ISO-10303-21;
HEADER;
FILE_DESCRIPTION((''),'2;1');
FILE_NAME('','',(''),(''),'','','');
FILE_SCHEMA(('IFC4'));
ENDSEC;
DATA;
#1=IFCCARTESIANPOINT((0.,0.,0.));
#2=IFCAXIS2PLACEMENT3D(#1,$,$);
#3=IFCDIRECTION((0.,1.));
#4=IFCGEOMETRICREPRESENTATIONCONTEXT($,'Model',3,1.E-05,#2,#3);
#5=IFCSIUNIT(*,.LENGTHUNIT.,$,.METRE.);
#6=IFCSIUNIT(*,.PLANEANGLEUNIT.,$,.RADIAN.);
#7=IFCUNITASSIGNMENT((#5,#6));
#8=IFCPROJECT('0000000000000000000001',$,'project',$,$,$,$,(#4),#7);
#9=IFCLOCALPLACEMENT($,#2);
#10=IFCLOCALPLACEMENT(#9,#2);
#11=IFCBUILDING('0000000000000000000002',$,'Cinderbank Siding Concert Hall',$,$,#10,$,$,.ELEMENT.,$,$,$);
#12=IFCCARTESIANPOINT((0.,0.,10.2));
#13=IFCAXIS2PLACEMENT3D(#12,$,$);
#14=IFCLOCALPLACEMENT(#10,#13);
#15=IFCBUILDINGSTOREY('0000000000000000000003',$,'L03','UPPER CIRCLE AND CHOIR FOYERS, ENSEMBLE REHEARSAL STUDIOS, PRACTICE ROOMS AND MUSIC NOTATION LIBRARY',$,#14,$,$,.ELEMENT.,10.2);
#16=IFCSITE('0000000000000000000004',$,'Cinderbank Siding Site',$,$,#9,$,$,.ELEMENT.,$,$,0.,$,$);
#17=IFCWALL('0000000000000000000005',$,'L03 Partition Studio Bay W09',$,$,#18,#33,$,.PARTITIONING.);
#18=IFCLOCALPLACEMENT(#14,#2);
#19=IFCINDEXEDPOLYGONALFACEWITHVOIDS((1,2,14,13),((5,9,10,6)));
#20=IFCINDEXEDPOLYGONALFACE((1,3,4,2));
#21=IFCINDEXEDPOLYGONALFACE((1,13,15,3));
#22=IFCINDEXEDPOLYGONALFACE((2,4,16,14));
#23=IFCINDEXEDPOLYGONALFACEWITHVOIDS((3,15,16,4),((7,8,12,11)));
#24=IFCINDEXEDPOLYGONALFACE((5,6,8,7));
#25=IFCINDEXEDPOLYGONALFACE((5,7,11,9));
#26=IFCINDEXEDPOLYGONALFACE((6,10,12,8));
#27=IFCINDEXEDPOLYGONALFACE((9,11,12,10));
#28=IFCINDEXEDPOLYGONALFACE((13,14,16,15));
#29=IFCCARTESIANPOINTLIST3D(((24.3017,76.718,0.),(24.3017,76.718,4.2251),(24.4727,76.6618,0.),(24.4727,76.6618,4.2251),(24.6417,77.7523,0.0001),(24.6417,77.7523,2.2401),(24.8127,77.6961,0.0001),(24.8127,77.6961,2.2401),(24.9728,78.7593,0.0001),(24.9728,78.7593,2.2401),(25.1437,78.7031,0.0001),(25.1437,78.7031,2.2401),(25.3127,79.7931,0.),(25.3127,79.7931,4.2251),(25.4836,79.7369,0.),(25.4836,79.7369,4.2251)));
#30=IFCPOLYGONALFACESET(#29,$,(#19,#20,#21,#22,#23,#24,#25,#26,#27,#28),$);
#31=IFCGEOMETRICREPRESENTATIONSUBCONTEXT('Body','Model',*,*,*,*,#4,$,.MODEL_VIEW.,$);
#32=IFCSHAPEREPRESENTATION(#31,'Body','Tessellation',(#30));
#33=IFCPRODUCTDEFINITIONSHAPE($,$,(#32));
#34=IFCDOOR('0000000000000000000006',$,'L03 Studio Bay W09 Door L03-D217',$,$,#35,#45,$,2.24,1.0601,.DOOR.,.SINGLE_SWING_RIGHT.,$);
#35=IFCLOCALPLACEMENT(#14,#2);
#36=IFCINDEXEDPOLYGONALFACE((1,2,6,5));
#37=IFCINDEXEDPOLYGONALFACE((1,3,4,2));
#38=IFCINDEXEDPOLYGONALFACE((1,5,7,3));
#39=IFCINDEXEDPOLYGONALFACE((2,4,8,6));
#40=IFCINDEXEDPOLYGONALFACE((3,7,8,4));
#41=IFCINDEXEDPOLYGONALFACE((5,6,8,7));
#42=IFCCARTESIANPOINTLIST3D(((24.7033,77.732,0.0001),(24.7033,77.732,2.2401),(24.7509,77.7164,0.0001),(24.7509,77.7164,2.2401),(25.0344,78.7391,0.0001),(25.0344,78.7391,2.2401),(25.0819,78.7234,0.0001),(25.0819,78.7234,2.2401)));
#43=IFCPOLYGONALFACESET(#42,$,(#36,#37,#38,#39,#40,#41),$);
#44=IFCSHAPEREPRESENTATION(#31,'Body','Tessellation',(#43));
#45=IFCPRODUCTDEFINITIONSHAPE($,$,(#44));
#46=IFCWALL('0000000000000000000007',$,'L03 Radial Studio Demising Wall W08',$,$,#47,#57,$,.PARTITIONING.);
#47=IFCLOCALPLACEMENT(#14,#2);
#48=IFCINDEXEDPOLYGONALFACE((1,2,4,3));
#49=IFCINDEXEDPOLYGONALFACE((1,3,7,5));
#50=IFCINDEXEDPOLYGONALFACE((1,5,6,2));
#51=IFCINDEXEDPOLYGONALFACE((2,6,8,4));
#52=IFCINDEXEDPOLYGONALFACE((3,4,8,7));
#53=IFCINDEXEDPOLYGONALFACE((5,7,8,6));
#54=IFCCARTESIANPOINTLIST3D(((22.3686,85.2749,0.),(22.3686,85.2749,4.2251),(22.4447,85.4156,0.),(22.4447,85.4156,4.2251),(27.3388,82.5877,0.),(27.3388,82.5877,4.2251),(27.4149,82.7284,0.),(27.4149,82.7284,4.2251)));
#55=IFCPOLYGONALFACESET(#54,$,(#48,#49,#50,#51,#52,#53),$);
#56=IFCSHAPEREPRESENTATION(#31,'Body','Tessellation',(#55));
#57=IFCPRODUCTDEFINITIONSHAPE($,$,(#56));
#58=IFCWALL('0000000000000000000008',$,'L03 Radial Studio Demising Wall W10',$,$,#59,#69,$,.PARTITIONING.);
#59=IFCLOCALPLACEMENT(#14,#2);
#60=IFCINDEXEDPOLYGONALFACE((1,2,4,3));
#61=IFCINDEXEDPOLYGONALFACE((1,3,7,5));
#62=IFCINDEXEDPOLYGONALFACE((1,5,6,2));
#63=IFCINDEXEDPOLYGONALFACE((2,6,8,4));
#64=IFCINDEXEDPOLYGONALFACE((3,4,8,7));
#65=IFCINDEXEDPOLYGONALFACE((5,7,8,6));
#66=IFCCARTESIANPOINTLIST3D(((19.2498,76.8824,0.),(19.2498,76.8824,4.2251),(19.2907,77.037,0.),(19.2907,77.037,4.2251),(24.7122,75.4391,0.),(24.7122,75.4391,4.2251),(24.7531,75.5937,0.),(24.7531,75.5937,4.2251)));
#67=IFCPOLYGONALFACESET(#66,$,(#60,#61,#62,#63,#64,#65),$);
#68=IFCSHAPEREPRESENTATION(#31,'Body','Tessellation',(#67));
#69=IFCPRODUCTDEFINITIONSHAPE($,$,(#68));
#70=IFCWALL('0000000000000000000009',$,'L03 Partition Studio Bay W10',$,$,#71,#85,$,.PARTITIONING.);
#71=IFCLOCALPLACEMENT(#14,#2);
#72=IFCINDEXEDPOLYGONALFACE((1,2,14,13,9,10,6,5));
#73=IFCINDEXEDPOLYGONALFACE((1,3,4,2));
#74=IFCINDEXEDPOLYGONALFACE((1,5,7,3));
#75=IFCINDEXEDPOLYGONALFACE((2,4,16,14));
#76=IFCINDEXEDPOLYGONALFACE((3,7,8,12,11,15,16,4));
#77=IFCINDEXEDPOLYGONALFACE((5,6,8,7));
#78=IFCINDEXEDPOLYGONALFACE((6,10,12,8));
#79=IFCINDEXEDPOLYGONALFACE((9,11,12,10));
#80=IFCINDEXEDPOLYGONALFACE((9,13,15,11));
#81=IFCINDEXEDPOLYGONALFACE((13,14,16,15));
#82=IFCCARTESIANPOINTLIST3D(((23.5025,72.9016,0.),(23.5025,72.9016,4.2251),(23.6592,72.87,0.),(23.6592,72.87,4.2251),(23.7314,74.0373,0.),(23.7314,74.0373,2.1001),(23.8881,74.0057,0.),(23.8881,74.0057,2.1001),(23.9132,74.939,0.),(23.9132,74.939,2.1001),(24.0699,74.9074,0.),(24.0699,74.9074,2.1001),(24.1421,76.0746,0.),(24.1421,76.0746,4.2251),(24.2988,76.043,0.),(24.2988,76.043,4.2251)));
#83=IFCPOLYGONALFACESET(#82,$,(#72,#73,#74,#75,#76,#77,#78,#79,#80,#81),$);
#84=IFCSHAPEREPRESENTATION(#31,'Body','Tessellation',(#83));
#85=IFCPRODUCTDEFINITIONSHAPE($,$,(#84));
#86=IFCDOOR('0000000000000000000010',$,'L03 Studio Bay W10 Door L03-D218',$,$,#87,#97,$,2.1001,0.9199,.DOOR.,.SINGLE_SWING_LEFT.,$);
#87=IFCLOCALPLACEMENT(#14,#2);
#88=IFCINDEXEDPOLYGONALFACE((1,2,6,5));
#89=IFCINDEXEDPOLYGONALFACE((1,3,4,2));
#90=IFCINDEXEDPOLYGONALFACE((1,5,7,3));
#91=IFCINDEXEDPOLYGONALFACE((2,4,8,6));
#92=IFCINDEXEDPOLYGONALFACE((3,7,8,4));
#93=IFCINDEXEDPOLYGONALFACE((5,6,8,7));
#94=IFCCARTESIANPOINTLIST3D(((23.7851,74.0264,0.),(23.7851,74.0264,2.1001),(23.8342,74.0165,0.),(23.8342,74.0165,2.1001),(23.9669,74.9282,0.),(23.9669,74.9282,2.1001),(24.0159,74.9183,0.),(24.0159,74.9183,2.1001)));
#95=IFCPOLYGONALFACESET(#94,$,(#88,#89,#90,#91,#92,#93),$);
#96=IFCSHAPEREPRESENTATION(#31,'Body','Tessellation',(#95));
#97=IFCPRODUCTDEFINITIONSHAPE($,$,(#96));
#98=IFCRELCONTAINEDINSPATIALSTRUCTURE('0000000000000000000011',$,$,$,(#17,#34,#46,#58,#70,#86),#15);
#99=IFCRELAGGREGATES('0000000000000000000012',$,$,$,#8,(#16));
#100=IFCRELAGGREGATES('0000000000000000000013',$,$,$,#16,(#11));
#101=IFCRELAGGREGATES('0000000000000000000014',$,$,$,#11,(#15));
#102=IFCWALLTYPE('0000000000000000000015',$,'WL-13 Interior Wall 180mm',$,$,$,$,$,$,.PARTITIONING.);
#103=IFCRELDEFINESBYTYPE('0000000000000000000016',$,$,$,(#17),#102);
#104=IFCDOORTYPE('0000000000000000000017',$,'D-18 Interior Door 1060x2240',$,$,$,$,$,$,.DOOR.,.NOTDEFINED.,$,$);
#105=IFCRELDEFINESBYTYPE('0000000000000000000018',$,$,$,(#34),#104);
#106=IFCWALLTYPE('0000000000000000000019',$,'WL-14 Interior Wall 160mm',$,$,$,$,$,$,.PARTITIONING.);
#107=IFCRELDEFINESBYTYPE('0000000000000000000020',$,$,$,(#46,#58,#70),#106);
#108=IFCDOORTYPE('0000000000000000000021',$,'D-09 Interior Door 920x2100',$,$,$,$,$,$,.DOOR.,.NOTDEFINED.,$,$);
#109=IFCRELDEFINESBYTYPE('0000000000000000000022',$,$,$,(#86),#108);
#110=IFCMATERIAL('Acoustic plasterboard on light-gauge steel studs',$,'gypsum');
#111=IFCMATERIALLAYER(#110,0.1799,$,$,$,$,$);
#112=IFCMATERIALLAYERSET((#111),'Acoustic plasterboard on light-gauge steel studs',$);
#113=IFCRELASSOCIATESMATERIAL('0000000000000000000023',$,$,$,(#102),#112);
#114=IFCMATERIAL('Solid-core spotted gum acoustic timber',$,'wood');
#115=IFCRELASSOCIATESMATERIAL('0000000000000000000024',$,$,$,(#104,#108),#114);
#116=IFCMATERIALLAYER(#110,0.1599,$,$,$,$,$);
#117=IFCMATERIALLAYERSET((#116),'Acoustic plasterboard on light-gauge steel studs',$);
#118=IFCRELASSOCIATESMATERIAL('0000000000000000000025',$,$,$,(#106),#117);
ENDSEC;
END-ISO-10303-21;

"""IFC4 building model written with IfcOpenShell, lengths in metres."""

from ifc_helpers import new_model, si_unit, direction, frame, frame_2d, origin, place, context, subcontext, project, spatial, rectangle, extrude, material, layer, layer_set, type_object, element, fill, save


model = new_model("IFC4")

# Units and contexts
model_context = context("Model", 3, precision=1e-05, world=origin(), true_north=direction((0.0, 1.0)))
body_context = subcontext(model_context, "Body", "Model", "MODEL_VIEW")
ifc_project = project(units=[si_unit("LENGTHUNIT", "METRE"), si_unit("PLANEANGLEUNIT", "RADIAN")], contexts=[model_context])

# Site, building, storey
site_placement = place(None, origin())
site = spatial("IfcSite", under=ifc_project, at=site_placement, Name="Cinderbank Siding Site", CompositionType="ELEMENT", RefElevation=0.0)
building_placement = place(site_placement, origin())
building = spatial("IfcBuilding", under=site, at=building_placement, Name="Cinderbank Siding Concert Hall", CompositionType="ELEMENT")
storey_placement = place(building_placement, frame((0.0, 0.0, 10.2)))
storey = spatial("IfcBuildingStorey", under=building, at=storey_placement, Name="L03", Description="UPPER CIRCLE AND CHOIR FOYERS, ENSEMBLE REHEARSAL STUDIOS, PRACTICE ROOMS AND MUSIC NOTATION LIBRARY", CompositionType="ELEMENT", Elevation=10.2)

# Wall, opening, door
ifc_material_1 = material(Name="Acoustic plasterboard on light-gauge steel studs", Category="gypsum")
ifc_layer_1 = layer(ifc_material_1, 0.1799)
ifc_layer_set_1 = layer_set([ifc_layer_1], Name="Acoustic plasterboard on light-gauge steel studs")
wall_type_1 = type_object("IfcWallType", Name="WL-13 Interior Wall 180mm", PredefinedType="PARTITIONING", material=ifc_layer_set_1)
wall_1_placement = place(storey_placement, frame((25.3982, 79.7651, 0.0), z_axis=(0.0, 0.0, 1.0), x_axis=(-0.312311, -0.94998, 0.0)))
wall_1 = element("IfcWall", 1, at=wall_1_placement, inside=storey, type_object=wall_type_1, Name="L03 Partition Studio Bay W09", PredefinedType="PARTITIONING", context=body_context, shape_type="SweptSolid", body=[
    extrude(rectangle(XDim=3.2371, YDim=0.1799, at=frame_2d((1.6187, 0.0))), origin(), (0.0, 0.0, 1.0), 4.2251),
])
opening_1_placement = place(wall_1_placement, frame((1.0884, 0.0, 0.0)))
opening_1 = element("IfcOpeningElement", 2, at=opening_1_placement, cuts=wall_1, PredefinedType="OPENING", context=body_context, shape_type="SweptSolid", body=[
    extrude(rectangle(XDim=1.0601, YDim=2.24, at=frame_2d((0.53, 1.1201))), frame((0.0, 0.1021, 0.0), z_axis=(0.0, -1.0, 0.0), x_axis=(1.0, 0.0, 0.0)), (0.0, 0.0, 1.0), 0.2039),
])
ifc_material_2 = material(Name="Solid-core spotted gum acoustic timber", Category="wood")
door_type_1 = type_object("IfcDoorType", Name="D-18 Interior Door 1060x2240", OperationType="NOTDEFINED", PredefinedType="DOOR", material=ifc_material_2)
door_1_placement = place(opening_1_placement, origin())
door_1 = element("IfcDoor", 3, at=door_1_placement, inside=storey, type_object=door_type_1, Name="L03 Studio Bay W09 Door L03-D217", OperationType="SINGLE_SWING_RIGHT", OverallHeight=2.24, OverallWidth=1.0601, PredefinedType="DOOR", context=body_context, shape_type="SweptSolid", body=[
    extrude(rectangle(XDim=1.0601, YDim=2.24, at=frame_2d((0.53, 1.1201))), frame((0.0, 0.0249, 0.0), z_axis=(0.0, -1.0, 0.0), x_axis=(1.0, 0.0, 0.0)), (0.0, 0.0, 1.0), 0.05),
])
fill(opening_1, door_1)

# Walls
ifc_layer_2 = layer(ifc_material_1, 0.1599)
ifc_layer_set_2 = layer_set([ifc_layer_2], Name="Acoustic plasterboard on light-gauge steel studs")
wall_type_2 = type_object("IfcWallType", Name="WL-14 Interior Wall 160mm", PredefinedType="PARTITIONING", material=ifc_layer_set_2)
wall_2_placement = place(storey_placement, frame((27.377, 82.658, 0.0), z_axis=(0.0, 0.0, 1.0), x_axis=(-0.879658, 0.475607, 0.0)))
element("IfcWall", 4, at=wall_2_placement, inside=storey, type_object=wall_type_2, Name="L03 Radial Studio Demising Wall W08", PredefinedType="PARTITIONING", context=body_context, shape_type="SweptSolid", body=[
    extrude(rectangle(XDim=5.6501, YDim=0.1599, at=frame_2d((2.8252, 0.0))), origin(), (0.0, 0.0, 1.0), 4.2251),
])
wall_3_placement = place(storey_placement, frame((24.7327, 75.5164, 0.0), z_axis=(0.0, 0.0, 1.0), x_axis=(-0.966818, 0.255467, 0.0)))
element("IfcWall", 5, at=wall_3_placement, inside=storey, type_object=wall_type_2, Name="L03 Radial Studio Demising Wall W10", PredefinedType="PARTITIONING", context=body_context, shape_type="SweptSolid", body=[
    extrude(rectangle(XDim=5.6499, YDim=0.1599, at=frame_2d((2.825, 0.0))), origin(), (0.0, 0.0, 1.0), 4.2251),
])

# Wall, opening, door
wall_4_placement = place(storey_placement, frame((24.2205, 76.0588, 0.0), z_axis=(0.0, 0.0, 1.0), x_axis=(-0.19761, -0.980281, 0.0)))
wall_4 = element("IfcWall", 6, at=wall_4_placement, inside=storey, type_object=wall_type_2, Name="L03 Partition Studio Bay W10", PredefinedType="PARTITIONING", context=body_context, shape_type="SweptSolid", body=[
    extrude(rectangle(XDim=3.2368, YDim=0.1599, at=frame_2d((1.6184, 0.0))), origin(), (0.0, 0.0, 1.0), 4.2251),
])
opening_2_placement = place(wall_4_placement, frame((1.1584, 0.0, 0.0)))
opening_2 = element("IfcOpeningElement", 7, at=opening_2_placement, cuts=wall_4, PredefinedType="OPENING", context=body_context, shape_type="SweptSolid", body=[
    extrude(rectangle(XDim=0.9199, YDim=2.1001, at=frame_2d((0.46, 1.05))), frame((0.0, 0.0918, 0.0), z_axis=(0.0, -1.0, 0.0), x_axis=(1.0, 0.0, 0.0)), (0.0, 0.0, 1.0), 0.1838),
])
door_type_2 = type_object("IfcDoorType", Name="D-09 Interior Door 920x2100", OperationType="NOTDEFINED", PredefinedType="DOOR", material=ifc_material_2)
door_2_placement = place(opening_2_placement, origin())
door_2 = element("IfcDoor", 8, at=door_2_placement, inside=storey, type_object=door_type_2, Name="L03 Studio Bay W10 Door L03-D218", OperationType="SINGLE_SWING_LEFT", OverallHeight=2.1001, OverallWidth=0.9199, PredefinedType="DOOR", context=body_context, shape_type="SweptSolid", body=[
    extrude(rectangle(XDim=0.9199, YDim=2.1001, at=frame_2d((0.46, 1.05))), frame((0.0, 0.0249, 0.0), z_axis=(0.0, -1.0, 0.0), x_axis=(1.0, 0.0, 0.0)), (0.0, 0.0, 1.0), 0.05),
])
fill(opening_2, door_2)

save(model, "model.ifc")
